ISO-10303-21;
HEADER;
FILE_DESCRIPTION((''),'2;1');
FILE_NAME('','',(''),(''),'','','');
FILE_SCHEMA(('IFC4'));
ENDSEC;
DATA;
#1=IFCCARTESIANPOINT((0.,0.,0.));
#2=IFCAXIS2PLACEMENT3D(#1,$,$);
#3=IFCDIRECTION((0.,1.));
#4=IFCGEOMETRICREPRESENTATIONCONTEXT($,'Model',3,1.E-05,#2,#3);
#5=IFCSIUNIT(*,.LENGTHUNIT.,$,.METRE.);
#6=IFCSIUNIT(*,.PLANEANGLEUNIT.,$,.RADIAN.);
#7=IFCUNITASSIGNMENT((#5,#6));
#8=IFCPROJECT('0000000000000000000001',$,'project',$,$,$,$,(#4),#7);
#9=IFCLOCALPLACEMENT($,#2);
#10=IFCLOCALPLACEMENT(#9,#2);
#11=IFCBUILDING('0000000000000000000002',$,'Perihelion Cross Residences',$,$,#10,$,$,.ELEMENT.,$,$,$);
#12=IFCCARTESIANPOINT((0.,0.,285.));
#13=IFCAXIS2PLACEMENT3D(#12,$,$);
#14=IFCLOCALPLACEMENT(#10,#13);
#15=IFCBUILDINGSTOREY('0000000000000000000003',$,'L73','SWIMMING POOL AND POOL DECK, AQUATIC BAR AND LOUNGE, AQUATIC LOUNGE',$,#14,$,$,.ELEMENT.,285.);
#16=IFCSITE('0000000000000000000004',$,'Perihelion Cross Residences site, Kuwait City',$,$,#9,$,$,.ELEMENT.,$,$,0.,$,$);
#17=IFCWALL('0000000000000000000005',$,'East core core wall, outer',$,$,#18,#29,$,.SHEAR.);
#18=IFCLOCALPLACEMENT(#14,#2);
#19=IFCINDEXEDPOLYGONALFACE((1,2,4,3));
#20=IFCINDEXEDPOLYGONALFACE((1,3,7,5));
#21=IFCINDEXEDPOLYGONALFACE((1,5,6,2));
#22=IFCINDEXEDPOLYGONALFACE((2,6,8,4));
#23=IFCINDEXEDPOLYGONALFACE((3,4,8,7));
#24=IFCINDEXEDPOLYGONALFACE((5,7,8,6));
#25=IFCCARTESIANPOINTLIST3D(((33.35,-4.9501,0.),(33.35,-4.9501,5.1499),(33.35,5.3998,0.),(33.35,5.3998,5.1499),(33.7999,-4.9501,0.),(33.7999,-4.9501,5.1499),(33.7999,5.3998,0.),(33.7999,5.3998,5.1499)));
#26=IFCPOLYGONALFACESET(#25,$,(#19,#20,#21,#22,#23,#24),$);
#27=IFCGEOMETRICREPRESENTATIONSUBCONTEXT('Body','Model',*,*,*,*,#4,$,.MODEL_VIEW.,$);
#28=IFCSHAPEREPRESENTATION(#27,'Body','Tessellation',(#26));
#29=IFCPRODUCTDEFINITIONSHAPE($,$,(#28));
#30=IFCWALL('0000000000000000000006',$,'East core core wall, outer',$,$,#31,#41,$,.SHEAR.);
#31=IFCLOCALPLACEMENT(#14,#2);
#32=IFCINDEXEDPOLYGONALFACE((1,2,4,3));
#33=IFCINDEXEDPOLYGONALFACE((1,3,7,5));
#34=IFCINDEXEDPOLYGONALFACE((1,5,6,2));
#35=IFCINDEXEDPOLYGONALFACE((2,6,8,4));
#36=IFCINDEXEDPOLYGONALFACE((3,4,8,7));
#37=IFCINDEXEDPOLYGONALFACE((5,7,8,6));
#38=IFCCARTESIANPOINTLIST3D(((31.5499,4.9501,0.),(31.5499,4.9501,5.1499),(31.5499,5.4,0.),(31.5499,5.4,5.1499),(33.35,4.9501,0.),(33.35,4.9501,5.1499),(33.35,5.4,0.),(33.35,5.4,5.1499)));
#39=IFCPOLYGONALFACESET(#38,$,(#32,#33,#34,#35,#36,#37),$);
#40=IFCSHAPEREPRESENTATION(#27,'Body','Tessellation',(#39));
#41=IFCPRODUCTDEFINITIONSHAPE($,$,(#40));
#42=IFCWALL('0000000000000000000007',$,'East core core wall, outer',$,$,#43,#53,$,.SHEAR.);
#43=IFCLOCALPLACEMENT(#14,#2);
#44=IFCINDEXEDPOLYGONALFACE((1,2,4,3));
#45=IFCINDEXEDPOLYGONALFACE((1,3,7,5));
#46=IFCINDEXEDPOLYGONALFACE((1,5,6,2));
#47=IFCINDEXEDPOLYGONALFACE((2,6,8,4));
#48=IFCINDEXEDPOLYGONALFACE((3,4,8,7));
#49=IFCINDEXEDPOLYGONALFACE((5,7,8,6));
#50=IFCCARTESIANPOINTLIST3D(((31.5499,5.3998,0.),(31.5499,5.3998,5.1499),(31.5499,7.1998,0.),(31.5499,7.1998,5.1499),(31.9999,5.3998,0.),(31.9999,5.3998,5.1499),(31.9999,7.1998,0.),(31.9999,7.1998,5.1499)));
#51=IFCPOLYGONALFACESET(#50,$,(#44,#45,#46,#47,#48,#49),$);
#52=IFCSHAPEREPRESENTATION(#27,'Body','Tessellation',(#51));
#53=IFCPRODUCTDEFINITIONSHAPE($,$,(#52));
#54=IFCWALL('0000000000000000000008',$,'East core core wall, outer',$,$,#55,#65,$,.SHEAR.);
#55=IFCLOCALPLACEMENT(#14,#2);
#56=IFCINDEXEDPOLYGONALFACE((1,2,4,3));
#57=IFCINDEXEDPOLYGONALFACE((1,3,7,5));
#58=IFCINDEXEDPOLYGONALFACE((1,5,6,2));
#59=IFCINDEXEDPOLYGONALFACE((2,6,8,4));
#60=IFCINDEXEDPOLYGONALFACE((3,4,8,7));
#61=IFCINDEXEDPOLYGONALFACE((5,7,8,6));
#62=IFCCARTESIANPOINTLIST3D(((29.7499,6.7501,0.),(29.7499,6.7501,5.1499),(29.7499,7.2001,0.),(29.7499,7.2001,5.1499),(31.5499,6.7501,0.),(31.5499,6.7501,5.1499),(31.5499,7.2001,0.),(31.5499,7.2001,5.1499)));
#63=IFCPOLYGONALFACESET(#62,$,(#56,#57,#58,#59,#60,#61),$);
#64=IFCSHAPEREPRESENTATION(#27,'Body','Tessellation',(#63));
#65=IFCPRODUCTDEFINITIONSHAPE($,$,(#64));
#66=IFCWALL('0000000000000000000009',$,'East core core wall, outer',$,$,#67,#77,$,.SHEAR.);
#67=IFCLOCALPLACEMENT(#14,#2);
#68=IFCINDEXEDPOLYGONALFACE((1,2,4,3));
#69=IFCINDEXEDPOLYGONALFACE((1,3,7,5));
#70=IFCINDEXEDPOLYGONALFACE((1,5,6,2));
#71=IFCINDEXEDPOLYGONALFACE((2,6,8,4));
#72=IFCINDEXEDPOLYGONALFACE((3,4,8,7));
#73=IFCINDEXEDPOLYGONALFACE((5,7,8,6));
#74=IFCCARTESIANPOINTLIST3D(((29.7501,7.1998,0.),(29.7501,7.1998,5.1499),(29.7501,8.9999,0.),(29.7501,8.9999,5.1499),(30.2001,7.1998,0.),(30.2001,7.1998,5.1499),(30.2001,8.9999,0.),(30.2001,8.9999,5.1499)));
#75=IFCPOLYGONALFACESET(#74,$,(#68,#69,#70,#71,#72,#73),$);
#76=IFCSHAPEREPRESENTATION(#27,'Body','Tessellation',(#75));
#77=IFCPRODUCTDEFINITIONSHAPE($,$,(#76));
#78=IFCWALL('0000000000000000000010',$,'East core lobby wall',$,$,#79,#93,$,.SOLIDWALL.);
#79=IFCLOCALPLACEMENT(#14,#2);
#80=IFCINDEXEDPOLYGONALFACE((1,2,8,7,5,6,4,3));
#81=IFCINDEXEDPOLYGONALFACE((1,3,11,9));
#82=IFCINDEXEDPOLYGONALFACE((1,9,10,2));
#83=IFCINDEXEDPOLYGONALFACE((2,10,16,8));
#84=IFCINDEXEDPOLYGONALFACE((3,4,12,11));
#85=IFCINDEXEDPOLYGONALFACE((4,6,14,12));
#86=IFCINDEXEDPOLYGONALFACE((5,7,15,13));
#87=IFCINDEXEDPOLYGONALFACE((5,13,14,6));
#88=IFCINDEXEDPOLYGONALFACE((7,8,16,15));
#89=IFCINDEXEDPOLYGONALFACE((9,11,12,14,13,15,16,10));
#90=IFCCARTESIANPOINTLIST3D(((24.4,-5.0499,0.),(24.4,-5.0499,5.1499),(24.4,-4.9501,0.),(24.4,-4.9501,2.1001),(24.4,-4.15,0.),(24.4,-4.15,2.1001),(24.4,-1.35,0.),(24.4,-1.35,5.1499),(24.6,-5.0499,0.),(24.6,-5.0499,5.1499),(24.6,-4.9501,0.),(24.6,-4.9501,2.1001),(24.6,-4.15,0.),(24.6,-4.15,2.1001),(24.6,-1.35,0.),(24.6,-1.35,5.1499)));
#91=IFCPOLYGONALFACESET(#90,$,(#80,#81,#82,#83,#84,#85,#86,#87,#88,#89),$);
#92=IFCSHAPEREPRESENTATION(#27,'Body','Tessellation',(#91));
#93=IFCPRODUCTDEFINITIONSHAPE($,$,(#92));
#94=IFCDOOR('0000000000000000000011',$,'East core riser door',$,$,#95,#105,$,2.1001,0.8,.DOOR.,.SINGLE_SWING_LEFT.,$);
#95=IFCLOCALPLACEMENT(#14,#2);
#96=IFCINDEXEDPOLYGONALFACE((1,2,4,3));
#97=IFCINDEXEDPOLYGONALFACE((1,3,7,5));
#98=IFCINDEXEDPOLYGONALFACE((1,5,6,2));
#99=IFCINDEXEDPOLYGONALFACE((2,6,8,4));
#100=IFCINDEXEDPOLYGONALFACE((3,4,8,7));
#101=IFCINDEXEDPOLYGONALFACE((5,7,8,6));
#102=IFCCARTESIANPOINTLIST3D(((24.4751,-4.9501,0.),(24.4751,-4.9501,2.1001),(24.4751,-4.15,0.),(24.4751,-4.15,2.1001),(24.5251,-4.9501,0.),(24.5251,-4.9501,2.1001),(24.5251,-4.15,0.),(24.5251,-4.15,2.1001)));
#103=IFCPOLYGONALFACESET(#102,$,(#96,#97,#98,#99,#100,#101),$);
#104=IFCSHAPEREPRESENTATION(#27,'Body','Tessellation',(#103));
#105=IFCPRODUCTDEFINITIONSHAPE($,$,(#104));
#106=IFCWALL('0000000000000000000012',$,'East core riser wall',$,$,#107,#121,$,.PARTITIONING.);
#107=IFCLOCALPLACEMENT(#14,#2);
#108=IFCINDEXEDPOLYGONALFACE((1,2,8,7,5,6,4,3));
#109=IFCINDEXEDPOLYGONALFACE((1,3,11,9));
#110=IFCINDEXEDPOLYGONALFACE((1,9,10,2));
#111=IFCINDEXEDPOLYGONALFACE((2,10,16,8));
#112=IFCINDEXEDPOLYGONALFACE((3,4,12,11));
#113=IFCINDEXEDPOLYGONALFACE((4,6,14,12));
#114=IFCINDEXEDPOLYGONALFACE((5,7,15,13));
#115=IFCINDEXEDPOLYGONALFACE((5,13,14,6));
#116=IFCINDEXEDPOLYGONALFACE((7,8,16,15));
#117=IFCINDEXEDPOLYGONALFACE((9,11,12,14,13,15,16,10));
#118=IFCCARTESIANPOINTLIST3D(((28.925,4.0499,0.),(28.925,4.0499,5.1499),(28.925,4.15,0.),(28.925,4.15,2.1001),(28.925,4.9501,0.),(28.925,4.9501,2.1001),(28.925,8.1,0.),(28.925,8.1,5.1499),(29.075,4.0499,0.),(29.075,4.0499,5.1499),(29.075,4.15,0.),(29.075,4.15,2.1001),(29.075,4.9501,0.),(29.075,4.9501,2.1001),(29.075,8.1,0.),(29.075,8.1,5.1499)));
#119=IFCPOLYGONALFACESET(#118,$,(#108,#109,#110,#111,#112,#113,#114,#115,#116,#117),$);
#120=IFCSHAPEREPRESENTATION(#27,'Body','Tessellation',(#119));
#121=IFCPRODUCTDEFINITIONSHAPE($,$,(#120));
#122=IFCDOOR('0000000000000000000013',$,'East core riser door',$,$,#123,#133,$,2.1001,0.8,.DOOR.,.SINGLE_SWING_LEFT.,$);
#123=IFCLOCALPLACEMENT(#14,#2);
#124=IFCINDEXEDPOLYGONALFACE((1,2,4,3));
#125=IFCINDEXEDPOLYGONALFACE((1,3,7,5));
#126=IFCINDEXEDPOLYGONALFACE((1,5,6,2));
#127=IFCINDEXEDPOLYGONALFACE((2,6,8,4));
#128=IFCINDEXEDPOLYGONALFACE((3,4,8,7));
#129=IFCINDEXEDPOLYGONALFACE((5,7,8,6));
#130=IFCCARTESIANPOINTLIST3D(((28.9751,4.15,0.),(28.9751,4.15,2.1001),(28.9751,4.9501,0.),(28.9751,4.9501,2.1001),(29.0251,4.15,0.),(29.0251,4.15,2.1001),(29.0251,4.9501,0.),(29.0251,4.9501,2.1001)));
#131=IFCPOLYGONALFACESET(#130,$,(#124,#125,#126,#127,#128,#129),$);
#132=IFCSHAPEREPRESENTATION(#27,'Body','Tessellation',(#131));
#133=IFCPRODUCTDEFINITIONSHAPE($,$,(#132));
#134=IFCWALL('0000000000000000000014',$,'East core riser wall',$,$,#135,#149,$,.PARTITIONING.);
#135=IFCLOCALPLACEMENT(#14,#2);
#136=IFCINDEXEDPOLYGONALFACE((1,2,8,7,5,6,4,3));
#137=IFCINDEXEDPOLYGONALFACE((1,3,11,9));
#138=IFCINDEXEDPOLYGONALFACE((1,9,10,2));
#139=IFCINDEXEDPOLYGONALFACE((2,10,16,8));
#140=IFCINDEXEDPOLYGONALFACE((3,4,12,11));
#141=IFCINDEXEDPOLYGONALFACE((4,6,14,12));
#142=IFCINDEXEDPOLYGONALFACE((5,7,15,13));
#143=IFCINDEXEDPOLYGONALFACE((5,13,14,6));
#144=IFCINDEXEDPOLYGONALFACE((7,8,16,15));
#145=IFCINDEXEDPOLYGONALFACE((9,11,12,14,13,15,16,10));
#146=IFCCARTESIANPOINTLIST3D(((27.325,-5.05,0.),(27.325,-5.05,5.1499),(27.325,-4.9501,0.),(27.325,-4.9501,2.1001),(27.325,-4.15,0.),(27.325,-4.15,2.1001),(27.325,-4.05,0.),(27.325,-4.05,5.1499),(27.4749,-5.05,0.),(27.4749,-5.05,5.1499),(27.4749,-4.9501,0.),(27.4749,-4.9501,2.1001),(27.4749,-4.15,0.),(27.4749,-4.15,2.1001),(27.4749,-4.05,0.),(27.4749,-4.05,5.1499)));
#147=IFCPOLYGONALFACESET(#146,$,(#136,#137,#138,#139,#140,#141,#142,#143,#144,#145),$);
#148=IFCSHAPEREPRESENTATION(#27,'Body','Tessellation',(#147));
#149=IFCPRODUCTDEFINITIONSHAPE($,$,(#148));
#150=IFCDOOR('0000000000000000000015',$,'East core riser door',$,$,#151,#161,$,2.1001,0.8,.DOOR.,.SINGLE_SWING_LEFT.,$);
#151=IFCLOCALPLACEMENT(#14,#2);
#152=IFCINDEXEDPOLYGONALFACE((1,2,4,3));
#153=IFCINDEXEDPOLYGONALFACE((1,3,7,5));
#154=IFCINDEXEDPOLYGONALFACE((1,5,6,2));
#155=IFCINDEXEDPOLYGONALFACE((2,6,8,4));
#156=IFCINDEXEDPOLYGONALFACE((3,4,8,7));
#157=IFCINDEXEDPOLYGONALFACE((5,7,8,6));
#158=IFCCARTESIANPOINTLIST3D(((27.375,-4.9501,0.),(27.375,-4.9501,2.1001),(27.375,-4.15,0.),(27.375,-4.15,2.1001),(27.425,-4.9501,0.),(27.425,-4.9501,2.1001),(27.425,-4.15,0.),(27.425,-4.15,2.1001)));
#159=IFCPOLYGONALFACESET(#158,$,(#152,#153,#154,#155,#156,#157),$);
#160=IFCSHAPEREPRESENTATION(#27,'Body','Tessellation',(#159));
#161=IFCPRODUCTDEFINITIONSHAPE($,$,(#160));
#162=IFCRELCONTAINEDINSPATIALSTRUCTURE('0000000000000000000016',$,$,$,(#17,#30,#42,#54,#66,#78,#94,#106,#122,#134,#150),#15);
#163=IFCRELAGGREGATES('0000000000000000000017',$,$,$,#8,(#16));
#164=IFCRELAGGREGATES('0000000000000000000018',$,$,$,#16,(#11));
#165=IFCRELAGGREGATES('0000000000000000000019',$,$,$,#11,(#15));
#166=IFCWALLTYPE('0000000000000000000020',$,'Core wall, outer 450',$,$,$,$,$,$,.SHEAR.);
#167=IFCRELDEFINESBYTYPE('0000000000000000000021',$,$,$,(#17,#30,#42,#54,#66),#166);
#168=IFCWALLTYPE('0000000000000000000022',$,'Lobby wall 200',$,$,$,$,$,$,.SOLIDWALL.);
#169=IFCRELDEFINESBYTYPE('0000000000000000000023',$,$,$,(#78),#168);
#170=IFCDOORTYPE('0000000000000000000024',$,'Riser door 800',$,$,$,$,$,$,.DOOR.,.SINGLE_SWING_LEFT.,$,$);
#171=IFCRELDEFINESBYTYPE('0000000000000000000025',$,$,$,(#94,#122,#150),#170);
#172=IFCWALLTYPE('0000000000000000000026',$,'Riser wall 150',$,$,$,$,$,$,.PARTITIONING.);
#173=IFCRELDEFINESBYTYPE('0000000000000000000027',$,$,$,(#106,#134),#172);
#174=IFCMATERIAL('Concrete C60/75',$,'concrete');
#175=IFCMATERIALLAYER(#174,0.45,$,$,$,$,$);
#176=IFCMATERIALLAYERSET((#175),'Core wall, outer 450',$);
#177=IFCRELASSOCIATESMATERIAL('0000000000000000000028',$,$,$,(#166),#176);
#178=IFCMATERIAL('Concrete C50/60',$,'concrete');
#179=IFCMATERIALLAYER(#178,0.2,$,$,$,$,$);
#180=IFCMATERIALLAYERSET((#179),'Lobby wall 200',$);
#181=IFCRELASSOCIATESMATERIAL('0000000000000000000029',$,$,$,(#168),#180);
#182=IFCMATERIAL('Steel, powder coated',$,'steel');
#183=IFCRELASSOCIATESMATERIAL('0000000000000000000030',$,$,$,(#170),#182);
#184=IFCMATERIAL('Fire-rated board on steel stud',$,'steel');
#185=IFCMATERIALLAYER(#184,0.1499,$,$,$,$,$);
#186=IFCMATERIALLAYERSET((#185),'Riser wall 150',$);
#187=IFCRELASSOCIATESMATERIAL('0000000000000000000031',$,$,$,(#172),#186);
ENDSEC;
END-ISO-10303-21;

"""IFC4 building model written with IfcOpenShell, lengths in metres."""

from ifc_helpers import new_model, si_unit, direction, frame, frame_2d, origin, place, context, subcontext, project, spatial, rectangle, extrude, material, layer, layer_set, type_object, element, fill, save


model = new_model("IFC4")

# Units and contexts
model_context = context("Model", 3, precision=1e-05, world=origin(), true_north=direction((0.0, 1.0)))
body_context = subcontext(model_context, "Body", "Model", "MODEL_VIEW")
ifc_project = project(units=[si_unit("LENGTHUNIT", "METRE"), si_unit("PLANEANGLEUNIT", "RADIAN")], contexts=[model_context])

# Site, building, storey
site_placement = place(None, origin())
site = spatial("IfcSite", under=ifc_project, at=site_placement, Name="Perihelion Cross Residences site, Kuwait City", CompositionType="ELEMENT", RefElevation=0.0)
building_placement = place(site_placement, origin())
building = spatial("IfcBuilding", under=site, at=building_placement, Name="Perihelion Cross Residences", CompositionType="ELEMENT")
storey_placement = place(building_placement, frame((0.0, 0.0, 285.0)))
storey = spatial("IfcBuildingStorey", under=building, at=storey_placement, Name="L73", Description="SWIMMING POOL AND POOL DECK, AQUATIC BAR AND LOUNGE, AQUATIC LOUNGE", CompositionType="ELEMENT", Elevation=285.0)

# Walls
ifc_material_1 = material(Name="Concrete C60/75", Category="concrete")
ifc_layer_1 = layer(ifc_material_1, 0.45)
ifc_layer_set_1 = layer_set([ifc_layer_1], Name="Core wall, outer 450")
wall_type_1 = type_object("IfcWallType", Name="Core wall, outer 450", PredefinedType="SHEAR", material=ifc_layer_set_1)
wall_1_placement = place(storey_placement, frame((33.575, -4.95, 0.0), z_axis=(0.0, 0.0, 1.0), x_axis=(0.0, 1.0, 0.0)))
element("IfcWall", 1, at=wall_1_placement, inside=storey, type_object=wall_type_1, Name="East core core wall, outer", PredefinedType="SHEAR", context=body_context, shape_type="SweptSolid", body=[
    extrude(rectangle(XDim=10.3499, YDim=0.45, at=frame_2d((5.1748, 0.0))), origin(), (0.0, 0.0, 1.0), 5.1499),
])
for number, where, z_axis, x_axis, name in (
    (2, (31.55, 5.175, 0.0), (0.0, 0.0, 1.0), (1.0, 0.0, 0.0), "East core core wall, outer"),
    (3, (31.7749, 5.3999, 0.0), (0.0, 0.0, 1.0), (0.0, 1.0, 0.0), "East core core wall, outer"),
    (4, (29.75, 6.9751, 0.0), (0.0, 0.0, 1.0), (1.0, 0.0, 0.0), "East core core wall, outer"),
    (5, (29.9751, 7.2, 0.0), (0.0, 0.0, 1.0), (0.0, 1.0, 0.0), "East core core wall, outer"),
):
    element("IfcWall", number, at=place(storey_placement, frame(where, z_axis=z_axis, x_axis=x_axis)), inside=storey, type_object=wall_type_1, Name=name, PredefinedType="SHEAR", context=body_context, shape_type="SweptSolid", body=[
        extrude(rectangle(XDim=1.8, YDim=0.45, at=frame_2d((0.8999, 0.0))), origin(), (0.0, 0.0, 1.0), 5.1499),
    ])

# Walls, openings, doors
ifc_material_2 = material(Name="Concrete C50/60", Category="concrete")
ifc_layer_2 = layer(ifc_material_2, 0.2)
ifc_layer_set_2 = layer_set([ifc_layer_2], Name="Lobby wall 200")
wall_type_2 = type_object("IfcWallType", Name="Lobby wall 200", PredefinedType="SOLIDWALL", material=ifc_layer_set_2)
wall_2_placement = place(storey_placement, frame((24.5, -5.05, 0.0), z_axis=(0.0, 0.0, 1.0), x_axis=(0.0, 1.0, 0.0)))
wall_2 = element("IfcWall", 6, at=wall_2_placement, inside=storey, type_object=wall_type_2, Name="East core lobby wall", PredefinedType="SOLIDWALL", context=body_context, shape_type="SweptSolid", body=[
    extrude(rectangle(XDim=3.7, YDim=0.2, at=frame_2d((1.8501, 0.0))), origin(), (0.0, 0.0, 1.0), 5.1499),
])
opening_1_placement = place(wall_2_placement, frame((0.1001, 0.0, 0.0)))
opening_1 = element("IfcOpeningElement", 7, at=opening_1_placement, cuts=wall_2, PredefinedType="OPENING", context=body_context, shape_type="SweptSolid", body=[
    extrude(rectangle(XDim=0.8, YDim=2.1001, at=frame_2d((0.3999, 1.05))), frame((0.0, 0.1099, 0.0), z_axis=(0.0, -1.0, 0.0), x_axis=(1.0, 0.0, 0.0)), (0.0, 0.0, 1.0), 0.22),
])
ifc_material_3 = material(Name="Steel, powder coated", Category="steel")
door_type_1 = type_object("IfcDoorType", Name="Riser door 800", OperationType="SINGLE_SWING_LEFT", PredefinedType="DOOR", material=ifc_material_3)
door_1_placement = place(opening_1_placement, origin())
door_1 = element("IfcDoor", 8, at=door_1_placement, inside=storey, type_object=door_type_1, Name="East core riser door", OperationType="SINGLE_SWING_LEFT", OverallHeight=2.1001, OverallWidth=0.8, PredefinedType="DOOR", context=body_context, shape_type="SweptSolid", body=[
    extrude(rectangle(XDim=0.8, YDim=2.1001, at=frame_2d((0.3999, 1.05))), frame((0.0, 0.0249, 0.0), z_axis=(0.0, -1.0, 0.0), x_axis=(1.0, 0.0, 0.0)), (0.0, 0.0, 1.0), 0.05),
])
fill(opening_1, door_1)
ifc_material_4 = material(Name="Fire-rated board on steel stud", Category="steel")
ifc_layer_3 = layer(ifc_material_4, 0.1499)
ifc_layer_set_3 = layer_set([ifc_layer_3], Name="Riser wall 150")
wall_type_3 = type_object("IfcWallType", Name="Riser wall 150", PredefinedType="PARTITIONING", material=ifc_layer_set_3)
wall_3_placement = place(storey_placement, frame((29.0, 4.05, 0.0), z_axis=(0.0, 0.0, 1.0), x_axis=(0.0, 1.0, 0.0)))
wall_3 = element("IfcWall", 9, at=wall_3_placement, inside=storey, type_object=wall_type_3, Name="East core riser wall", PredefinedType="PARTITIONING", context=body_context, shape_type="SweptSolid", body=[
    extrude(rectangle(XDim=4.05, YDim=0.1499, at=frame_2d((2.0249, 0.0))), origin(), (0.0, 0.0, 1.0), 5.1499),
])
opening_2_placement = place(wall_3_placement, frame((0.1001, 0.0, 0.0)))
opening_2 = element("IfcOpeningElement", 10, at=opening_2_placement, cuts=wall_3, PredefinedType="OPENING", context=body_context, shape_type="SweptSolid", body=[
    extrude(rectangle(XDim=0.8, YDim=2.1001, at=frame_2d((0.3999, 1.05))), frame((0.0, 0.085, 0.0), z_axis=(0.0, -1.0, 0.0), x_axis=(1.0, 0.0, 0.0)), (0.0, 0.0, 1.0), 0.1699),
])
door_2_placement = place(opening_2_placement, origin())
door_2 = element("IfcDoor", 11, at=door_2_placement, inside=storey, type_object=door_type_1, Name="East core riser door", OperationType="SINGLE_SWING_LEFT", OverallHeight=2.1001, OverallWidth=0.8, PredefinedType="DOOR", context=body_context, shape_type="SweptSolid", body=[
    extrude(rectangle(XDim=0.8, YDim=2.1001, at=frame_2d((0.3999, 1.05))), frame((0.0, 0.0249, 0.0), z_axis=(0.0, -1.0, 0.0), x_axis=(1.0, 0.0, 0.0)), (0.0, 0.0, 1.0), 0.05),
])
fill(opening_2, door_2)
wall_4_placement = place(storey_placement, frame((27.3999, -5.05, 0.0), z_axis=(0.0, 0.0, 1.0), x_axis=(0.0, 1.0, 0.0)))
wall_4 = element("IfcWall", 12, at=wall_4_placement, inside=storey, type_object=wall_type_3, Name="East core riser wall", PredefinedType="PARTITIONING", context=body_context, shape_type="SweptSolid", body=[
    extrude(rectangle(XDim=1.0, YDim=0.1499, at=frame_2d((0.5, 0.0))), origin(), (0.0, 0.0, 1.0), 5.1499),
])
opening_3_placement = place(wall_4_placement, frame((0.1001, 0.0, 0.0)))
opening_3 = element("IfcOpeningElement", 13, at=opening_3_placement, cuts=wall_4, PredefinedType="OPENING", context=body_context, shape_type="SweptSolid", body=[
    extrude(rectangle(XDim=0.8, YDim=2.1001, at=frame_2d((0.3999, 1.05))), frame((0.0, 0.085, 0.0), z_axis=(0.0, -1.0, 0.0), x_axis=(1.0, 0.0, 0.0)), (0.0, 0.0, 1.0), 0.1699),
])
door_3_placement = place(opening_3_placement, origin())
door_3 = element("IfcDoor", 14, at=door_3_placement, inside=storey, type_object=door_type_1, Name="East core riser door", OperationType="SINGLE_SWING_LEFT", OverallHeight=2.1001, OverallWidth=0.8, PredefinedType="DOOR", context=body_context, shape_type="SweptSolid", body=[
    extrude(rectangle(XDim=0.8, YDim=2.1001, at=frame_2d((0.3999, 1.05))), frame((0.0, 0.0249, 0.0), z_axis=(0.0, -1.0, 0.0), x_axis=(1.0, 0.0, 0.0)), (0.0, 0.0, 1.0), 0.05),
])
fill(opening_3, door_3)

save(model, "model.ifc")
